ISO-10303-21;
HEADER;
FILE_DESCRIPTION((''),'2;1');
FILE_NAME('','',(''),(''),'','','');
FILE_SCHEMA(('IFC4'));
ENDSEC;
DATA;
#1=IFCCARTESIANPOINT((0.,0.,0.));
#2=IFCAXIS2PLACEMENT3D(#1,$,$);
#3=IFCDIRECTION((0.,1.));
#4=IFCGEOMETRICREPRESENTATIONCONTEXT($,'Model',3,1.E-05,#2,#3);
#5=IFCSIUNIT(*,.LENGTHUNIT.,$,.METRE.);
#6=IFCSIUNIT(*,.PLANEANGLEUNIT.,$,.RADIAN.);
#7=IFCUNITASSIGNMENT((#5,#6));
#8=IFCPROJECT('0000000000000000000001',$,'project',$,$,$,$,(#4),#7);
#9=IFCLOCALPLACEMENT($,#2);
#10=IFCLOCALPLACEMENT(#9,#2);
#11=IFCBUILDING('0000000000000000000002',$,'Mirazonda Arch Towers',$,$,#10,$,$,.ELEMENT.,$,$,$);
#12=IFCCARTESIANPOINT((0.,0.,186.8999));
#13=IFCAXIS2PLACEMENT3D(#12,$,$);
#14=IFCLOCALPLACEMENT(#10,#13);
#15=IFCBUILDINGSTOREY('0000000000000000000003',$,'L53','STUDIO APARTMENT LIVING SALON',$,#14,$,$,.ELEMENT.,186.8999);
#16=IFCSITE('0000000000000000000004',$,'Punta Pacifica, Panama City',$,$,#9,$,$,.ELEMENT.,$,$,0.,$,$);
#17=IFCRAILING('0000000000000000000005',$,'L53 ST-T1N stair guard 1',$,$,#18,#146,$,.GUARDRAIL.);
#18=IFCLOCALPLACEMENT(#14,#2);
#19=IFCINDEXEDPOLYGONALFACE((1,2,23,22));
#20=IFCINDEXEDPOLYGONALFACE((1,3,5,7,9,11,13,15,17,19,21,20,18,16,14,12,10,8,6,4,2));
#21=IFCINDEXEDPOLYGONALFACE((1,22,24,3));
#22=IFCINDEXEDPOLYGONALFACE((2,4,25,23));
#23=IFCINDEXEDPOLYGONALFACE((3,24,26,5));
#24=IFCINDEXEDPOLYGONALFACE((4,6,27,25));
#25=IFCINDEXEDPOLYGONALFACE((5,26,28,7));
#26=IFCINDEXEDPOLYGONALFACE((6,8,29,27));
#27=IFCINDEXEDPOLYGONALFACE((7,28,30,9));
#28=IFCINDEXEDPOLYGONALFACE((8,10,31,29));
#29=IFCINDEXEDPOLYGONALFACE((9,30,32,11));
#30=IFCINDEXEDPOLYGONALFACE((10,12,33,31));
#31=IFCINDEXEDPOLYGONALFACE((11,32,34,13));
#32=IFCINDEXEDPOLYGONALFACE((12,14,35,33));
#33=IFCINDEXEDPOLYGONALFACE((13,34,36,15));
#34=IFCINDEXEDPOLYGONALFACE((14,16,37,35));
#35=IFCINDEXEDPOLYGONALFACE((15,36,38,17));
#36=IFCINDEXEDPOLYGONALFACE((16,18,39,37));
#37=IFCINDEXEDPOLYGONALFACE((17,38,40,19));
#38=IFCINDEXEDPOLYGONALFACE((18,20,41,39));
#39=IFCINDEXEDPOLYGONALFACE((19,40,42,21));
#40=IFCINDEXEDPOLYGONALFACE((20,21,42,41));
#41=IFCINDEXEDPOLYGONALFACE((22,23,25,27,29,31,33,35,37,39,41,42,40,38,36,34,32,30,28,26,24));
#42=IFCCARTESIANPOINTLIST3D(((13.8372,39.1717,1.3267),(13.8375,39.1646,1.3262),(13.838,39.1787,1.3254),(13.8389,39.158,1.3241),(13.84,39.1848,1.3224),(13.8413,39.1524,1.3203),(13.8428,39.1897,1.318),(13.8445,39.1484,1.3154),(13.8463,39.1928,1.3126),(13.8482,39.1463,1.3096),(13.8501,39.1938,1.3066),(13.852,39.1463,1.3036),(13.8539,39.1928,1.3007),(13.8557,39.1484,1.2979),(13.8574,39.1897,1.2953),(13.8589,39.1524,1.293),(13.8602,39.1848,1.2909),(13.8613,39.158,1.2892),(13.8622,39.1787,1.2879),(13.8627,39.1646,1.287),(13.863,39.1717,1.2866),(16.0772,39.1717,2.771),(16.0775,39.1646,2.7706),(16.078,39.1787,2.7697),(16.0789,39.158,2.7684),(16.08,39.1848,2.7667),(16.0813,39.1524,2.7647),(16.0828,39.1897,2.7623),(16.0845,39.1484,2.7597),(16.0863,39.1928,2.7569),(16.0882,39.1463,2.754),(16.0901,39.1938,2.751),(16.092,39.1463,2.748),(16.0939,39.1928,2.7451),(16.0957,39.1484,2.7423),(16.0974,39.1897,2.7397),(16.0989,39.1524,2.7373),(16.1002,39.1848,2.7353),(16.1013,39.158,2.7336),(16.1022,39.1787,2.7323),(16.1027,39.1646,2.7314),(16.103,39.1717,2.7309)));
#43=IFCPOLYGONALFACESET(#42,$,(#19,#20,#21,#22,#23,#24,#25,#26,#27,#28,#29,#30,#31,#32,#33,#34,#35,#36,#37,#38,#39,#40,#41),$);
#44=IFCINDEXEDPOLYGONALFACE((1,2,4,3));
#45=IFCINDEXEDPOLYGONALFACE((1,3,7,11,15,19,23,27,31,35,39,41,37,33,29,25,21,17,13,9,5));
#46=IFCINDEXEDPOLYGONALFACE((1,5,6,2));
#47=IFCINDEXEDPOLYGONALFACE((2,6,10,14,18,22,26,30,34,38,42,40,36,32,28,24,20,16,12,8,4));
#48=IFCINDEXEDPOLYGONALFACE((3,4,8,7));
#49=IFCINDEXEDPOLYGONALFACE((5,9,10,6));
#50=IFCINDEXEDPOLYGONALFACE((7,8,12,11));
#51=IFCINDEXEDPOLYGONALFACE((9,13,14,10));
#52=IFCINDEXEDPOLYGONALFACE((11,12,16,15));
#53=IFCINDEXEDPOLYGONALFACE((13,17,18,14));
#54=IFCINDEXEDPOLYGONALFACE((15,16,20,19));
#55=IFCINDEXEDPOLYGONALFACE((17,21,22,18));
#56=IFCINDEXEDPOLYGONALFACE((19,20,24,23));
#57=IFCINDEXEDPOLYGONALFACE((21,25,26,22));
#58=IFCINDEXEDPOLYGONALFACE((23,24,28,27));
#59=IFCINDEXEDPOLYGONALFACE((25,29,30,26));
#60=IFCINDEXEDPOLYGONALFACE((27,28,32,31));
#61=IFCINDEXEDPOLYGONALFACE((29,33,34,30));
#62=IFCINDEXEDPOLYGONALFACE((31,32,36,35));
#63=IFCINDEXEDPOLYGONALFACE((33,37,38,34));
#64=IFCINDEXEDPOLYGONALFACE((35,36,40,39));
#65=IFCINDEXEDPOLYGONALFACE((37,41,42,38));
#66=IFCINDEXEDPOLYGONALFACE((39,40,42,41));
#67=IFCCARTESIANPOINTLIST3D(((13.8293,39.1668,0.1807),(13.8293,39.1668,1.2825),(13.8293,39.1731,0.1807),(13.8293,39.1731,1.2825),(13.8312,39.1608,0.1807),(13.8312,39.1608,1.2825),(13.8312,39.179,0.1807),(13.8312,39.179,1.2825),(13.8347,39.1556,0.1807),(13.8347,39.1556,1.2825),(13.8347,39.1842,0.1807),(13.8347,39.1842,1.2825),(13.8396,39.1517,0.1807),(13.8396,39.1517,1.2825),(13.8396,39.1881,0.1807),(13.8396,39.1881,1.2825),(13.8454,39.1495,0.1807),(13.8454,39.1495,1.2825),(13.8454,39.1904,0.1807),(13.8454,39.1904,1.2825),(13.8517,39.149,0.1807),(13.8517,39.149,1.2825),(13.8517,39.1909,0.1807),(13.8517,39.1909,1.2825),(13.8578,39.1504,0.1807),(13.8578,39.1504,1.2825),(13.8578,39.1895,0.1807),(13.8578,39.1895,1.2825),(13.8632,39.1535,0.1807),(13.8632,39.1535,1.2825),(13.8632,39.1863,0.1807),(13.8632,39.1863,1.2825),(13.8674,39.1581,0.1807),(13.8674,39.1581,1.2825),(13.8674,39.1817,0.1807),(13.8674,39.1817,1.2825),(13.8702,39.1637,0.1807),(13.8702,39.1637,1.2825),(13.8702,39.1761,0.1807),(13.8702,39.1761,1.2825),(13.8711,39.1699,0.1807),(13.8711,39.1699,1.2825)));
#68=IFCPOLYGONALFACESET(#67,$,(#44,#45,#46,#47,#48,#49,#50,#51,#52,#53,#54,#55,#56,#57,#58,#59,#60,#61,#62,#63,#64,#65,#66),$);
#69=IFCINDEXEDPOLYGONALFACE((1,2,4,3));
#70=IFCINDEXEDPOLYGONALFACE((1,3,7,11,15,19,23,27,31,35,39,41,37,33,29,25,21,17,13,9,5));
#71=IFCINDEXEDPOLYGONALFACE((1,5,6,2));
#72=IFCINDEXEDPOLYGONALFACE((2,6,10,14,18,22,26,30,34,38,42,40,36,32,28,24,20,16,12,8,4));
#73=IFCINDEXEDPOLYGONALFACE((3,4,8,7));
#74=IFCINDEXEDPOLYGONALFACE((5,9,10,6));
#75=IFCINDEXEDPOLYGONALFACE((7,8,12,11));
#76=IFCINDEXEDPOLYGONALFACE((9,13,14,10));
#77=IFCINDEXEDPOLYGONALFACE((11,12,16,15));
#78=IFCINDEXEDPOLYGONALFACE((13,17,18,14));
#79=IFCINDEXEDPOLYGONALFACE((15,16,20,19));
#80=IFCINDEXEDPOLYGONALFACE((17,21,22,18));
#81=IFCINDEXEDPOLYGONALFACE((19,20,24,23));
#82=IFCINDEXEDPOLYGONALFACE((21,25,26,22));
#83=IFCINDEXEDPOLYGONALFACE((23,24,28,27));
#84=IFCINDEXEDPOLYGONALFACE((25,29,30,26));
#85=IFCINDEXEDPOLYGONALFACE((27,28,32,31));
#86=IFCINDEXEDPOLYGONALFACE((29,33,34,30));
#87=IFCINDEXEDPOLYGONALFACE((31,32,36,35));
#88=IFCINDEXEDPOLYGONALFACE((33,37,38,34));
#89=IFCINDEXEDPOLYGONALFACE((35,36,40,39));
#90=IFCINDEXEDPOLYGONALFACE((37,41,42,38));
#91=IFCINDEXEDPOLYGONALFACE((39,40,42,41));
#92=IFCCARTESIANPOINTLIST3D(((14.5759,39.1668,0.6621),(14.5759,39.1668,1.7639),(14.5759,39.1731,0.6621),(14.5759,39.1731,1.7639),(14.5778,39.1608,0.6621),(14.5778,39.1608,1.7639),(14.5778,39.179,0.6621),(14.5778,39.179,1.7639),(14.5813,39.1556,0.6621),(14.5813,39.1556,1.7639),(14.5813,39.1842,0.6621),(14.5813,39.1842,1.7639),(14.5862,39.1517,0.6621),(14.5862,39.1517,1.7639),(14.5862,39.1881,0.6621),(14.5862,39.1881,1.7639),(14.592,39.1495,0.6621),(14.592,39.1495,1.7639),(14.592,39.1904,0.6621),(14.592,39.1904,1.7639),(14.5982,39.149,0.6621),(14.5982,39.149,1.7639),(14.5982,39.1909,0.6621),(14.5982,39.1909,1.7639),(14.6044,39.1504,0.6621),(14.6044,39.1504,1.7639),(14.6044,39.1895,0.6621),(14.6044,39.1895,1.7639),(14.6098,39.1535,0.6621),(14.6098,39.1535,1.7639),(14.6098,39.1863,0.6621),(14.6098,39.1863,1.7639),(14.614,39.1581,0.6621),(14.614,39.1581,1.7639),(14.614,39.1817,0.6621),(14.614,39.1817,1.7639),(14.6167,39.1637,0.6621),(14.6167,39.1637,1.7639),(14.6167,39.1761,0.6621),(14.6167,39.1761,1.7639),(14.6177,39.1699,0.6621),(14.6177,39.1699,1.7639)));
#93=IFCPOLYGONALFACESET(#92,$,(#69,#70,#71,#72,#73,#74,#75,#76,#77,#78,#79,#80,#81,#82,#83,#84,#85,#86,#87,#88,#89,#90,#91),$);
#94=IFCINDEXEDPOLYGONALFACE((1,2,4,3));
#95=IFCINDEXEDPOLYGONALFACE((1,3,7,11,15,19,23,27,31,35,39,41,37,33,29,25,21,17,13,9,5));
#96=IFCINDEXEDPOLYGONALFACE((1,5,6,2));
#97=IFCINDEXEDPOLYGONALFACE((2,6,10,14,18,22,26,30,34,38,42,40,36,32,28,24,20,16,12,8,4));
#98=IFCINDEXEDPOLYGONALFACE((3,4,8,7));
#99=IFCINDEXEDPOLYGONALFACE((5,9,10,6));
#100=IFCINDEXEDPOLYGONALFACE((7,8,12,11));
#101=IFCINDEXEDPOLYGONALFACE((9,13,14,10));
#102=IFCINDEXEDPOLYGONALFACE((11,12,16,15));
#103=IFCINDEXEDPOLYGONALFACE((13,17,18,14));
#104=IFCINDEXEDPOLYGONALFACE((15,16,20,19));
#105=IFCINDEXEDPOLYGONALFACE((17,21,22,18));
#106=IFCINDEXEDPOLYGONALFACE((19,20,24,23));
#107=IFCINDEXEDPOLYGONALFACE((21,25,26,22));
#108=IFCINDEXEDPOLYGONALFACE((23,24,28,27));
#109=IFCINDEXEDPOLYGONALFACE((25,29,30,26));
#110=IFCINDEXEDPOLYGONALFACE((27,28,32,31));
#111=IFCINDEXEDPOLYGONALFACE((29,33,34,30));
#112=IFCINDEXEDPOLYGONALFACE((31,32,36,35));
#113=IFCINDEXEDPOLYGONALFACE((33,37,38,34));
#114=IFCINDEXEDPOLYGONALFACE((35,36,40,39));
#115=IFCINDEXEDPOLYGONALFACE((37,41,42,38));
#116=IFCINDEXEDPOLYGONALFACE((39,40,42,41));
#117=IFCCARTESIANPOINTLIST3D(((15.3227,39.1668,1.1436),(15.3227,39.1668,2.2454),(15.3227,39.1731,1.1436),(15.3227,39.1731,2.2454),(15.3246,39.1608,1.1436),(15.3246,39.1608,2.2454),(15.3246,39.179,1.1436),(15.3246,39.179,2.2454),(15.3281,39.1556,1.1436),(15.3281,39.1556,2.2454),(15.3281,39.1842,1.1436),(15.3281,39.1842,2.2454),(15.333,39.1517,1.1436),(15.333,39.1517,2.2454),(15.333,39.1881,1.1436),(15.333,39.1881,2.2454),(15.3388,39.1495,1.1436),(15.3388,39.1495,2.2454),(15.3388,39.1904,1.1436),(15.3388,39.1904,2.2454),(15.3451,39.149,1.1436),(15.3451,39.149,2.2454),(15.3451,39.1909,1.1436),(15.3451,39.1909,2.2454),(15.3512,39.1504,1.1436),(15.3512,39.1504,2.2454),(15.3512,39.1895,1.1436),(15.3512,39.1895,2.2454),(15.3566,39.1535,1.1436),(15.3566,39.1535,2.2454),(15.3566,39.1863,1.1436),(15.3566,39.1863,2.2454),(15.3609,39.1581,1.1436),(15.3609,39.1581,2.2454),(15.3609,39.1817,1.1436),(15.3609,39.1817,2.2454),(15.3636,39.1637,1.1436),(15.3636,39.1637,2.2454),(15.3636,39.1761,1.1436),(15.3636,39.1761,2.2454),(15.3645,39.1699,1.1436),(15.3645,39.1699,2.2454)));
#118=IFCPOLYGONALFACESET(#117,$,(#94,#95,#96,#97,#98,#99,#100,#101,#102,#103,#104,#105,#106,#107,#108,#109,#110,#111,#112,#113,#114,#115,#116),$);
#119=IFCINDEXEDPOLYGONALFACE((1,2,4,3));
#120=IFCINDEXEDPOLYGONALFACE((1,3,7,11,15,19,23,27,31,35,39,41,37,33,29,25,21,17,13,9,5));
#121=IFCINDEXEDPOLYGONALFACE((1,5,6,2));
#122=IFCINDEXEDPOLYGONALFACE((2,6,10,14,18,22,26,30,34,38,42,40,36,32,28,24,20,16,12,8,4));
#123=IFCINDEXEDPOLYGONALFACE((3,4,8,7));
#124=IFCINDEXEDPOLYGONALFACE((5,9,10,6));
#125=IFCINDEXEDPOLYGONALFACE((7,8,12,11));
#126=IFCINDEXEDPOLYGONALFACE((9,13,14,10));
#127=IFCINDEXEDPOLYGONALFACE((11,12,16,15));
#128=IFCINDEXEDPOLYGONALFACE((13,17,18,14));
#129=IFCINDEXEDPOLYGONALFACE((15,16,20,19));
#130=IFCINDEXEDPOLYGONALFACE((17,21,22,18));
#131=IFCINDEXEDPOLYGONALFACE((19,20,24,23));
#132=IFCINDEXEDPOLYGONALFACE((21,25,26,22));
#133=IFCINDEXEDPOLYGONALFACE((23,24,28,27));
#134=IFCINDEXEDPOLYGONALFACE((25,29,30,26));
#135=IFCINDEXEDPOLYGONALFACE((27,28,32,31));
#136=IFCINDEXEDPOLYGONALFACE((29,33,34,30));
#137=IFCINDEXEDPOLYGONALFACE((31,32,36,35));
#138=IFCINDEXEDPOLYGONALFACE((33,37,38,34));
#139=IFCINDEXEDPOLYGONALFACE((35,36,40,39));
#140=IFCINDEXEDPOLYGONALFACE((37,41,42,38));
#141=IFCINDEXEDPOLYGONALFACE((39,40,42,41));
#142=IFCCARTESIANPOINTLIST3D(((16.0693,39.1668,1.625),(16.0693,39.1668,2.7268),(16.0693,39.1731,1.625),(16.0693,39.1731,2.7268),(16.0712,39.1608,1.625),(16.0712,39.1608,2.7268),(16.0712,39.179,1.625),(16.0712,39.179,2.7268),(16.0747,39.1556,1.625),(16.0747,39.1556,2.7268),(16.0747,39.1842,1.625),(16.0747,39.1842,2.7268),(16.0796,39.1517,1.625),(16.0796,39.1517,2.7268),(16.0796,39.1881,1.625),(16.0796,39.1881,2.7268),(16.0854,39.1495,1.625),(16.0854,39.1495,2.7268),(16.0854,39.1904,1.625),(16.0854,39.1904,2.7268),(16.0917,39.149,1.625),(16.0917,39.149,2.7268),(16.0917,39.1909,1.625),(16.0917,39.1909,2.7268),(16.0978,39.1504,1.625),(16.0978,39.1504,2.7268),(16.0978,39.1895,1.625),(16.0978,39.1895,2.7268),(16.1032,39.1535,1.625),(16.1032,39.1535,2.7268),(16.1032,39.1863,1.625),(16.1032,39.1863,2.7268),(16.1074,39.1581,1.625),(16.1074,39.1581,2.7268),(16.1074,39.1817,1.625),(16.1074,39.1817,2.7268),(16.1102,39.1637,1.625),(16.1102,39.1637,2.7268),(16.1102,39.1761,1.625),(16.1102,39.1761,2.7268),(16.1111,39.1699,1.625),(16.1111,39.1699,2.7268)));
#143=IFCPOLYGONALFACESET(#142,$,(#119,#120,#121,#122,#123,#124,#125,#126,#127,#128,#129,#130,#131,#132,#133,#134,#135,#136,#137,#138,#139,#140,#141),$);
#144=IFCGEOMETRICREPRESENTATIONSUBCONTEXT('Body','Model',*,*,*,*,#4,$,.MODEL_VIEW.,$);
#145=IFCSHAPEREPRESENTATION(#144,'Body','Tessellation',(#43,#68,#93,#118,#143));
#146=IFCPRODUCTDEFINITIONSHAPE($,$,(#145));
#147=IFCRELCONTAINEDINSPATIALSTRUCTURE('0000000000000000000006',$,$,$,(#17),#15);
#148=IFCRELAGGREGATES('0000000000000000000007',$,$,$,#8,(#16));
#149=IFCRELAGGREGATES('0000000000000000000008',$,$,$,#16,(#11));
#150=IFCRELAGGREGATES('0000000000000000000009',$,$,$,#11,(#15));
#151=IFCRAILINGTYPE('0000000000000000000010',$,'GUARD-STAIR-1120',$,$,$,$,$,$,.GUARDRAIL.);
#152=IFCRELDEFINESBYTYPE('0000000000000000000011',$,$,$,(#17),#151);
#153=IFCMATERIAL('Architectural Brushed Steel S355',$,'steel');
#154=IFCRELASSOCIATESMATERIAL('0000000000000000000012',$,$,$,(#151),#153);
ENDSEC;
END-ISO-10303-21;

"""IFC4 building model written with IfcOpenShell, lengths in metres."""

from ifc_helpers import new_model, si_unit, direction, frame, origin, origin_2d, place, context, subcontext, project, spatial, circle, extrude, material, type_object, element, save


model = new_model("IFC4")

# Units and contexts
model_context = context("Model", 3, precision=1e-05, world=origin(), true_north=direction((0.0, 1.0)))
body_context = subcontext(model_context, "Body", "Model", "MODEL_VIEW")
ifc_project = project(units=[si_unit("LENGTHUNIT", "METRE"), si_unit("PLANEANGLEUNIT", "RADIAN")], contexts=[model_context])

# Site, building, storey
site_placement = place(None, origin())
site = spatial("IfcSite", under=ifc_project, at=site_placement, Name="Punta Pacifica, Panama City", CompositionType="ELEMENT", RefElevation=0.0)
building_placement = place(site_placement, origin())
building = spatial("IfcBuilding", under=site, at=building_placement, Name="Mirazonda Arch Towers", CompositionType="ELEMENT")
storey_placement = place(building_placement, frame((0.0, 0.0, 186.8999)))
storey = spatial("IfcBuildingStorey", under=building, at=storey_placement, Name="L53", Description="STUDIO APARTMENT LIVING SALON", CompositionType="ELEMENT", Elevation=186.8999)

# Shared definitions
ifc_material_1 = material(Name="Architectural Brushed Steel S355", Category="steel")

# Railing
railing_type_1 = type_object("IfcRailingType", Name="GUARD-STAIR-1120", PredefinedType="GUARDRAIL", material=ifc_material_1)
railing_1_placement = place(storey_placement, frame((13.8501, 39.1699, 0.1807)))
element("IfcRailing", 1, at=railing_1_placement, inside=storey, type_object=railing_type_1, Name="L53 ST-T1N stair guard 1", PredefinedType="GUARDRAIL", context=body_context, shape_type="SweptSolid", body=[
    extrude(circle(Radius=0.0239, at=origin_2d()), frame((0.0, 0.0, 1.126), z_axis=(0.840437, 0.0, 0.54191), x_axis=(0.0, 1.0, 0.0)), (0.0, 0.0, 1.0), 2.6653),
    extrude(circle(Radius=0.021, at=origin_2d()), origin(), (0.0, 0.0, 1.0), 1.1018),
    extrude(circle(Radius=0.021, at=origin_2d()), frame((0.7466, 0.0, 0.4814)), (0.0, 0.0, 1.0), 1.1018),
    extrude(circle(Radius=0.021, at=origin_2d()), frame((1.4934, 0.0, 0.9629)), (0.0, 0.0, 1.0), 1.1018),
    extrude(circle(Radius=0.021, at=origin_2d()), frame((2.24, 0.0, 1.4443)), (0.0, 0.0, 1.0), 1.1018),
])

save(model, "model.ifc")
